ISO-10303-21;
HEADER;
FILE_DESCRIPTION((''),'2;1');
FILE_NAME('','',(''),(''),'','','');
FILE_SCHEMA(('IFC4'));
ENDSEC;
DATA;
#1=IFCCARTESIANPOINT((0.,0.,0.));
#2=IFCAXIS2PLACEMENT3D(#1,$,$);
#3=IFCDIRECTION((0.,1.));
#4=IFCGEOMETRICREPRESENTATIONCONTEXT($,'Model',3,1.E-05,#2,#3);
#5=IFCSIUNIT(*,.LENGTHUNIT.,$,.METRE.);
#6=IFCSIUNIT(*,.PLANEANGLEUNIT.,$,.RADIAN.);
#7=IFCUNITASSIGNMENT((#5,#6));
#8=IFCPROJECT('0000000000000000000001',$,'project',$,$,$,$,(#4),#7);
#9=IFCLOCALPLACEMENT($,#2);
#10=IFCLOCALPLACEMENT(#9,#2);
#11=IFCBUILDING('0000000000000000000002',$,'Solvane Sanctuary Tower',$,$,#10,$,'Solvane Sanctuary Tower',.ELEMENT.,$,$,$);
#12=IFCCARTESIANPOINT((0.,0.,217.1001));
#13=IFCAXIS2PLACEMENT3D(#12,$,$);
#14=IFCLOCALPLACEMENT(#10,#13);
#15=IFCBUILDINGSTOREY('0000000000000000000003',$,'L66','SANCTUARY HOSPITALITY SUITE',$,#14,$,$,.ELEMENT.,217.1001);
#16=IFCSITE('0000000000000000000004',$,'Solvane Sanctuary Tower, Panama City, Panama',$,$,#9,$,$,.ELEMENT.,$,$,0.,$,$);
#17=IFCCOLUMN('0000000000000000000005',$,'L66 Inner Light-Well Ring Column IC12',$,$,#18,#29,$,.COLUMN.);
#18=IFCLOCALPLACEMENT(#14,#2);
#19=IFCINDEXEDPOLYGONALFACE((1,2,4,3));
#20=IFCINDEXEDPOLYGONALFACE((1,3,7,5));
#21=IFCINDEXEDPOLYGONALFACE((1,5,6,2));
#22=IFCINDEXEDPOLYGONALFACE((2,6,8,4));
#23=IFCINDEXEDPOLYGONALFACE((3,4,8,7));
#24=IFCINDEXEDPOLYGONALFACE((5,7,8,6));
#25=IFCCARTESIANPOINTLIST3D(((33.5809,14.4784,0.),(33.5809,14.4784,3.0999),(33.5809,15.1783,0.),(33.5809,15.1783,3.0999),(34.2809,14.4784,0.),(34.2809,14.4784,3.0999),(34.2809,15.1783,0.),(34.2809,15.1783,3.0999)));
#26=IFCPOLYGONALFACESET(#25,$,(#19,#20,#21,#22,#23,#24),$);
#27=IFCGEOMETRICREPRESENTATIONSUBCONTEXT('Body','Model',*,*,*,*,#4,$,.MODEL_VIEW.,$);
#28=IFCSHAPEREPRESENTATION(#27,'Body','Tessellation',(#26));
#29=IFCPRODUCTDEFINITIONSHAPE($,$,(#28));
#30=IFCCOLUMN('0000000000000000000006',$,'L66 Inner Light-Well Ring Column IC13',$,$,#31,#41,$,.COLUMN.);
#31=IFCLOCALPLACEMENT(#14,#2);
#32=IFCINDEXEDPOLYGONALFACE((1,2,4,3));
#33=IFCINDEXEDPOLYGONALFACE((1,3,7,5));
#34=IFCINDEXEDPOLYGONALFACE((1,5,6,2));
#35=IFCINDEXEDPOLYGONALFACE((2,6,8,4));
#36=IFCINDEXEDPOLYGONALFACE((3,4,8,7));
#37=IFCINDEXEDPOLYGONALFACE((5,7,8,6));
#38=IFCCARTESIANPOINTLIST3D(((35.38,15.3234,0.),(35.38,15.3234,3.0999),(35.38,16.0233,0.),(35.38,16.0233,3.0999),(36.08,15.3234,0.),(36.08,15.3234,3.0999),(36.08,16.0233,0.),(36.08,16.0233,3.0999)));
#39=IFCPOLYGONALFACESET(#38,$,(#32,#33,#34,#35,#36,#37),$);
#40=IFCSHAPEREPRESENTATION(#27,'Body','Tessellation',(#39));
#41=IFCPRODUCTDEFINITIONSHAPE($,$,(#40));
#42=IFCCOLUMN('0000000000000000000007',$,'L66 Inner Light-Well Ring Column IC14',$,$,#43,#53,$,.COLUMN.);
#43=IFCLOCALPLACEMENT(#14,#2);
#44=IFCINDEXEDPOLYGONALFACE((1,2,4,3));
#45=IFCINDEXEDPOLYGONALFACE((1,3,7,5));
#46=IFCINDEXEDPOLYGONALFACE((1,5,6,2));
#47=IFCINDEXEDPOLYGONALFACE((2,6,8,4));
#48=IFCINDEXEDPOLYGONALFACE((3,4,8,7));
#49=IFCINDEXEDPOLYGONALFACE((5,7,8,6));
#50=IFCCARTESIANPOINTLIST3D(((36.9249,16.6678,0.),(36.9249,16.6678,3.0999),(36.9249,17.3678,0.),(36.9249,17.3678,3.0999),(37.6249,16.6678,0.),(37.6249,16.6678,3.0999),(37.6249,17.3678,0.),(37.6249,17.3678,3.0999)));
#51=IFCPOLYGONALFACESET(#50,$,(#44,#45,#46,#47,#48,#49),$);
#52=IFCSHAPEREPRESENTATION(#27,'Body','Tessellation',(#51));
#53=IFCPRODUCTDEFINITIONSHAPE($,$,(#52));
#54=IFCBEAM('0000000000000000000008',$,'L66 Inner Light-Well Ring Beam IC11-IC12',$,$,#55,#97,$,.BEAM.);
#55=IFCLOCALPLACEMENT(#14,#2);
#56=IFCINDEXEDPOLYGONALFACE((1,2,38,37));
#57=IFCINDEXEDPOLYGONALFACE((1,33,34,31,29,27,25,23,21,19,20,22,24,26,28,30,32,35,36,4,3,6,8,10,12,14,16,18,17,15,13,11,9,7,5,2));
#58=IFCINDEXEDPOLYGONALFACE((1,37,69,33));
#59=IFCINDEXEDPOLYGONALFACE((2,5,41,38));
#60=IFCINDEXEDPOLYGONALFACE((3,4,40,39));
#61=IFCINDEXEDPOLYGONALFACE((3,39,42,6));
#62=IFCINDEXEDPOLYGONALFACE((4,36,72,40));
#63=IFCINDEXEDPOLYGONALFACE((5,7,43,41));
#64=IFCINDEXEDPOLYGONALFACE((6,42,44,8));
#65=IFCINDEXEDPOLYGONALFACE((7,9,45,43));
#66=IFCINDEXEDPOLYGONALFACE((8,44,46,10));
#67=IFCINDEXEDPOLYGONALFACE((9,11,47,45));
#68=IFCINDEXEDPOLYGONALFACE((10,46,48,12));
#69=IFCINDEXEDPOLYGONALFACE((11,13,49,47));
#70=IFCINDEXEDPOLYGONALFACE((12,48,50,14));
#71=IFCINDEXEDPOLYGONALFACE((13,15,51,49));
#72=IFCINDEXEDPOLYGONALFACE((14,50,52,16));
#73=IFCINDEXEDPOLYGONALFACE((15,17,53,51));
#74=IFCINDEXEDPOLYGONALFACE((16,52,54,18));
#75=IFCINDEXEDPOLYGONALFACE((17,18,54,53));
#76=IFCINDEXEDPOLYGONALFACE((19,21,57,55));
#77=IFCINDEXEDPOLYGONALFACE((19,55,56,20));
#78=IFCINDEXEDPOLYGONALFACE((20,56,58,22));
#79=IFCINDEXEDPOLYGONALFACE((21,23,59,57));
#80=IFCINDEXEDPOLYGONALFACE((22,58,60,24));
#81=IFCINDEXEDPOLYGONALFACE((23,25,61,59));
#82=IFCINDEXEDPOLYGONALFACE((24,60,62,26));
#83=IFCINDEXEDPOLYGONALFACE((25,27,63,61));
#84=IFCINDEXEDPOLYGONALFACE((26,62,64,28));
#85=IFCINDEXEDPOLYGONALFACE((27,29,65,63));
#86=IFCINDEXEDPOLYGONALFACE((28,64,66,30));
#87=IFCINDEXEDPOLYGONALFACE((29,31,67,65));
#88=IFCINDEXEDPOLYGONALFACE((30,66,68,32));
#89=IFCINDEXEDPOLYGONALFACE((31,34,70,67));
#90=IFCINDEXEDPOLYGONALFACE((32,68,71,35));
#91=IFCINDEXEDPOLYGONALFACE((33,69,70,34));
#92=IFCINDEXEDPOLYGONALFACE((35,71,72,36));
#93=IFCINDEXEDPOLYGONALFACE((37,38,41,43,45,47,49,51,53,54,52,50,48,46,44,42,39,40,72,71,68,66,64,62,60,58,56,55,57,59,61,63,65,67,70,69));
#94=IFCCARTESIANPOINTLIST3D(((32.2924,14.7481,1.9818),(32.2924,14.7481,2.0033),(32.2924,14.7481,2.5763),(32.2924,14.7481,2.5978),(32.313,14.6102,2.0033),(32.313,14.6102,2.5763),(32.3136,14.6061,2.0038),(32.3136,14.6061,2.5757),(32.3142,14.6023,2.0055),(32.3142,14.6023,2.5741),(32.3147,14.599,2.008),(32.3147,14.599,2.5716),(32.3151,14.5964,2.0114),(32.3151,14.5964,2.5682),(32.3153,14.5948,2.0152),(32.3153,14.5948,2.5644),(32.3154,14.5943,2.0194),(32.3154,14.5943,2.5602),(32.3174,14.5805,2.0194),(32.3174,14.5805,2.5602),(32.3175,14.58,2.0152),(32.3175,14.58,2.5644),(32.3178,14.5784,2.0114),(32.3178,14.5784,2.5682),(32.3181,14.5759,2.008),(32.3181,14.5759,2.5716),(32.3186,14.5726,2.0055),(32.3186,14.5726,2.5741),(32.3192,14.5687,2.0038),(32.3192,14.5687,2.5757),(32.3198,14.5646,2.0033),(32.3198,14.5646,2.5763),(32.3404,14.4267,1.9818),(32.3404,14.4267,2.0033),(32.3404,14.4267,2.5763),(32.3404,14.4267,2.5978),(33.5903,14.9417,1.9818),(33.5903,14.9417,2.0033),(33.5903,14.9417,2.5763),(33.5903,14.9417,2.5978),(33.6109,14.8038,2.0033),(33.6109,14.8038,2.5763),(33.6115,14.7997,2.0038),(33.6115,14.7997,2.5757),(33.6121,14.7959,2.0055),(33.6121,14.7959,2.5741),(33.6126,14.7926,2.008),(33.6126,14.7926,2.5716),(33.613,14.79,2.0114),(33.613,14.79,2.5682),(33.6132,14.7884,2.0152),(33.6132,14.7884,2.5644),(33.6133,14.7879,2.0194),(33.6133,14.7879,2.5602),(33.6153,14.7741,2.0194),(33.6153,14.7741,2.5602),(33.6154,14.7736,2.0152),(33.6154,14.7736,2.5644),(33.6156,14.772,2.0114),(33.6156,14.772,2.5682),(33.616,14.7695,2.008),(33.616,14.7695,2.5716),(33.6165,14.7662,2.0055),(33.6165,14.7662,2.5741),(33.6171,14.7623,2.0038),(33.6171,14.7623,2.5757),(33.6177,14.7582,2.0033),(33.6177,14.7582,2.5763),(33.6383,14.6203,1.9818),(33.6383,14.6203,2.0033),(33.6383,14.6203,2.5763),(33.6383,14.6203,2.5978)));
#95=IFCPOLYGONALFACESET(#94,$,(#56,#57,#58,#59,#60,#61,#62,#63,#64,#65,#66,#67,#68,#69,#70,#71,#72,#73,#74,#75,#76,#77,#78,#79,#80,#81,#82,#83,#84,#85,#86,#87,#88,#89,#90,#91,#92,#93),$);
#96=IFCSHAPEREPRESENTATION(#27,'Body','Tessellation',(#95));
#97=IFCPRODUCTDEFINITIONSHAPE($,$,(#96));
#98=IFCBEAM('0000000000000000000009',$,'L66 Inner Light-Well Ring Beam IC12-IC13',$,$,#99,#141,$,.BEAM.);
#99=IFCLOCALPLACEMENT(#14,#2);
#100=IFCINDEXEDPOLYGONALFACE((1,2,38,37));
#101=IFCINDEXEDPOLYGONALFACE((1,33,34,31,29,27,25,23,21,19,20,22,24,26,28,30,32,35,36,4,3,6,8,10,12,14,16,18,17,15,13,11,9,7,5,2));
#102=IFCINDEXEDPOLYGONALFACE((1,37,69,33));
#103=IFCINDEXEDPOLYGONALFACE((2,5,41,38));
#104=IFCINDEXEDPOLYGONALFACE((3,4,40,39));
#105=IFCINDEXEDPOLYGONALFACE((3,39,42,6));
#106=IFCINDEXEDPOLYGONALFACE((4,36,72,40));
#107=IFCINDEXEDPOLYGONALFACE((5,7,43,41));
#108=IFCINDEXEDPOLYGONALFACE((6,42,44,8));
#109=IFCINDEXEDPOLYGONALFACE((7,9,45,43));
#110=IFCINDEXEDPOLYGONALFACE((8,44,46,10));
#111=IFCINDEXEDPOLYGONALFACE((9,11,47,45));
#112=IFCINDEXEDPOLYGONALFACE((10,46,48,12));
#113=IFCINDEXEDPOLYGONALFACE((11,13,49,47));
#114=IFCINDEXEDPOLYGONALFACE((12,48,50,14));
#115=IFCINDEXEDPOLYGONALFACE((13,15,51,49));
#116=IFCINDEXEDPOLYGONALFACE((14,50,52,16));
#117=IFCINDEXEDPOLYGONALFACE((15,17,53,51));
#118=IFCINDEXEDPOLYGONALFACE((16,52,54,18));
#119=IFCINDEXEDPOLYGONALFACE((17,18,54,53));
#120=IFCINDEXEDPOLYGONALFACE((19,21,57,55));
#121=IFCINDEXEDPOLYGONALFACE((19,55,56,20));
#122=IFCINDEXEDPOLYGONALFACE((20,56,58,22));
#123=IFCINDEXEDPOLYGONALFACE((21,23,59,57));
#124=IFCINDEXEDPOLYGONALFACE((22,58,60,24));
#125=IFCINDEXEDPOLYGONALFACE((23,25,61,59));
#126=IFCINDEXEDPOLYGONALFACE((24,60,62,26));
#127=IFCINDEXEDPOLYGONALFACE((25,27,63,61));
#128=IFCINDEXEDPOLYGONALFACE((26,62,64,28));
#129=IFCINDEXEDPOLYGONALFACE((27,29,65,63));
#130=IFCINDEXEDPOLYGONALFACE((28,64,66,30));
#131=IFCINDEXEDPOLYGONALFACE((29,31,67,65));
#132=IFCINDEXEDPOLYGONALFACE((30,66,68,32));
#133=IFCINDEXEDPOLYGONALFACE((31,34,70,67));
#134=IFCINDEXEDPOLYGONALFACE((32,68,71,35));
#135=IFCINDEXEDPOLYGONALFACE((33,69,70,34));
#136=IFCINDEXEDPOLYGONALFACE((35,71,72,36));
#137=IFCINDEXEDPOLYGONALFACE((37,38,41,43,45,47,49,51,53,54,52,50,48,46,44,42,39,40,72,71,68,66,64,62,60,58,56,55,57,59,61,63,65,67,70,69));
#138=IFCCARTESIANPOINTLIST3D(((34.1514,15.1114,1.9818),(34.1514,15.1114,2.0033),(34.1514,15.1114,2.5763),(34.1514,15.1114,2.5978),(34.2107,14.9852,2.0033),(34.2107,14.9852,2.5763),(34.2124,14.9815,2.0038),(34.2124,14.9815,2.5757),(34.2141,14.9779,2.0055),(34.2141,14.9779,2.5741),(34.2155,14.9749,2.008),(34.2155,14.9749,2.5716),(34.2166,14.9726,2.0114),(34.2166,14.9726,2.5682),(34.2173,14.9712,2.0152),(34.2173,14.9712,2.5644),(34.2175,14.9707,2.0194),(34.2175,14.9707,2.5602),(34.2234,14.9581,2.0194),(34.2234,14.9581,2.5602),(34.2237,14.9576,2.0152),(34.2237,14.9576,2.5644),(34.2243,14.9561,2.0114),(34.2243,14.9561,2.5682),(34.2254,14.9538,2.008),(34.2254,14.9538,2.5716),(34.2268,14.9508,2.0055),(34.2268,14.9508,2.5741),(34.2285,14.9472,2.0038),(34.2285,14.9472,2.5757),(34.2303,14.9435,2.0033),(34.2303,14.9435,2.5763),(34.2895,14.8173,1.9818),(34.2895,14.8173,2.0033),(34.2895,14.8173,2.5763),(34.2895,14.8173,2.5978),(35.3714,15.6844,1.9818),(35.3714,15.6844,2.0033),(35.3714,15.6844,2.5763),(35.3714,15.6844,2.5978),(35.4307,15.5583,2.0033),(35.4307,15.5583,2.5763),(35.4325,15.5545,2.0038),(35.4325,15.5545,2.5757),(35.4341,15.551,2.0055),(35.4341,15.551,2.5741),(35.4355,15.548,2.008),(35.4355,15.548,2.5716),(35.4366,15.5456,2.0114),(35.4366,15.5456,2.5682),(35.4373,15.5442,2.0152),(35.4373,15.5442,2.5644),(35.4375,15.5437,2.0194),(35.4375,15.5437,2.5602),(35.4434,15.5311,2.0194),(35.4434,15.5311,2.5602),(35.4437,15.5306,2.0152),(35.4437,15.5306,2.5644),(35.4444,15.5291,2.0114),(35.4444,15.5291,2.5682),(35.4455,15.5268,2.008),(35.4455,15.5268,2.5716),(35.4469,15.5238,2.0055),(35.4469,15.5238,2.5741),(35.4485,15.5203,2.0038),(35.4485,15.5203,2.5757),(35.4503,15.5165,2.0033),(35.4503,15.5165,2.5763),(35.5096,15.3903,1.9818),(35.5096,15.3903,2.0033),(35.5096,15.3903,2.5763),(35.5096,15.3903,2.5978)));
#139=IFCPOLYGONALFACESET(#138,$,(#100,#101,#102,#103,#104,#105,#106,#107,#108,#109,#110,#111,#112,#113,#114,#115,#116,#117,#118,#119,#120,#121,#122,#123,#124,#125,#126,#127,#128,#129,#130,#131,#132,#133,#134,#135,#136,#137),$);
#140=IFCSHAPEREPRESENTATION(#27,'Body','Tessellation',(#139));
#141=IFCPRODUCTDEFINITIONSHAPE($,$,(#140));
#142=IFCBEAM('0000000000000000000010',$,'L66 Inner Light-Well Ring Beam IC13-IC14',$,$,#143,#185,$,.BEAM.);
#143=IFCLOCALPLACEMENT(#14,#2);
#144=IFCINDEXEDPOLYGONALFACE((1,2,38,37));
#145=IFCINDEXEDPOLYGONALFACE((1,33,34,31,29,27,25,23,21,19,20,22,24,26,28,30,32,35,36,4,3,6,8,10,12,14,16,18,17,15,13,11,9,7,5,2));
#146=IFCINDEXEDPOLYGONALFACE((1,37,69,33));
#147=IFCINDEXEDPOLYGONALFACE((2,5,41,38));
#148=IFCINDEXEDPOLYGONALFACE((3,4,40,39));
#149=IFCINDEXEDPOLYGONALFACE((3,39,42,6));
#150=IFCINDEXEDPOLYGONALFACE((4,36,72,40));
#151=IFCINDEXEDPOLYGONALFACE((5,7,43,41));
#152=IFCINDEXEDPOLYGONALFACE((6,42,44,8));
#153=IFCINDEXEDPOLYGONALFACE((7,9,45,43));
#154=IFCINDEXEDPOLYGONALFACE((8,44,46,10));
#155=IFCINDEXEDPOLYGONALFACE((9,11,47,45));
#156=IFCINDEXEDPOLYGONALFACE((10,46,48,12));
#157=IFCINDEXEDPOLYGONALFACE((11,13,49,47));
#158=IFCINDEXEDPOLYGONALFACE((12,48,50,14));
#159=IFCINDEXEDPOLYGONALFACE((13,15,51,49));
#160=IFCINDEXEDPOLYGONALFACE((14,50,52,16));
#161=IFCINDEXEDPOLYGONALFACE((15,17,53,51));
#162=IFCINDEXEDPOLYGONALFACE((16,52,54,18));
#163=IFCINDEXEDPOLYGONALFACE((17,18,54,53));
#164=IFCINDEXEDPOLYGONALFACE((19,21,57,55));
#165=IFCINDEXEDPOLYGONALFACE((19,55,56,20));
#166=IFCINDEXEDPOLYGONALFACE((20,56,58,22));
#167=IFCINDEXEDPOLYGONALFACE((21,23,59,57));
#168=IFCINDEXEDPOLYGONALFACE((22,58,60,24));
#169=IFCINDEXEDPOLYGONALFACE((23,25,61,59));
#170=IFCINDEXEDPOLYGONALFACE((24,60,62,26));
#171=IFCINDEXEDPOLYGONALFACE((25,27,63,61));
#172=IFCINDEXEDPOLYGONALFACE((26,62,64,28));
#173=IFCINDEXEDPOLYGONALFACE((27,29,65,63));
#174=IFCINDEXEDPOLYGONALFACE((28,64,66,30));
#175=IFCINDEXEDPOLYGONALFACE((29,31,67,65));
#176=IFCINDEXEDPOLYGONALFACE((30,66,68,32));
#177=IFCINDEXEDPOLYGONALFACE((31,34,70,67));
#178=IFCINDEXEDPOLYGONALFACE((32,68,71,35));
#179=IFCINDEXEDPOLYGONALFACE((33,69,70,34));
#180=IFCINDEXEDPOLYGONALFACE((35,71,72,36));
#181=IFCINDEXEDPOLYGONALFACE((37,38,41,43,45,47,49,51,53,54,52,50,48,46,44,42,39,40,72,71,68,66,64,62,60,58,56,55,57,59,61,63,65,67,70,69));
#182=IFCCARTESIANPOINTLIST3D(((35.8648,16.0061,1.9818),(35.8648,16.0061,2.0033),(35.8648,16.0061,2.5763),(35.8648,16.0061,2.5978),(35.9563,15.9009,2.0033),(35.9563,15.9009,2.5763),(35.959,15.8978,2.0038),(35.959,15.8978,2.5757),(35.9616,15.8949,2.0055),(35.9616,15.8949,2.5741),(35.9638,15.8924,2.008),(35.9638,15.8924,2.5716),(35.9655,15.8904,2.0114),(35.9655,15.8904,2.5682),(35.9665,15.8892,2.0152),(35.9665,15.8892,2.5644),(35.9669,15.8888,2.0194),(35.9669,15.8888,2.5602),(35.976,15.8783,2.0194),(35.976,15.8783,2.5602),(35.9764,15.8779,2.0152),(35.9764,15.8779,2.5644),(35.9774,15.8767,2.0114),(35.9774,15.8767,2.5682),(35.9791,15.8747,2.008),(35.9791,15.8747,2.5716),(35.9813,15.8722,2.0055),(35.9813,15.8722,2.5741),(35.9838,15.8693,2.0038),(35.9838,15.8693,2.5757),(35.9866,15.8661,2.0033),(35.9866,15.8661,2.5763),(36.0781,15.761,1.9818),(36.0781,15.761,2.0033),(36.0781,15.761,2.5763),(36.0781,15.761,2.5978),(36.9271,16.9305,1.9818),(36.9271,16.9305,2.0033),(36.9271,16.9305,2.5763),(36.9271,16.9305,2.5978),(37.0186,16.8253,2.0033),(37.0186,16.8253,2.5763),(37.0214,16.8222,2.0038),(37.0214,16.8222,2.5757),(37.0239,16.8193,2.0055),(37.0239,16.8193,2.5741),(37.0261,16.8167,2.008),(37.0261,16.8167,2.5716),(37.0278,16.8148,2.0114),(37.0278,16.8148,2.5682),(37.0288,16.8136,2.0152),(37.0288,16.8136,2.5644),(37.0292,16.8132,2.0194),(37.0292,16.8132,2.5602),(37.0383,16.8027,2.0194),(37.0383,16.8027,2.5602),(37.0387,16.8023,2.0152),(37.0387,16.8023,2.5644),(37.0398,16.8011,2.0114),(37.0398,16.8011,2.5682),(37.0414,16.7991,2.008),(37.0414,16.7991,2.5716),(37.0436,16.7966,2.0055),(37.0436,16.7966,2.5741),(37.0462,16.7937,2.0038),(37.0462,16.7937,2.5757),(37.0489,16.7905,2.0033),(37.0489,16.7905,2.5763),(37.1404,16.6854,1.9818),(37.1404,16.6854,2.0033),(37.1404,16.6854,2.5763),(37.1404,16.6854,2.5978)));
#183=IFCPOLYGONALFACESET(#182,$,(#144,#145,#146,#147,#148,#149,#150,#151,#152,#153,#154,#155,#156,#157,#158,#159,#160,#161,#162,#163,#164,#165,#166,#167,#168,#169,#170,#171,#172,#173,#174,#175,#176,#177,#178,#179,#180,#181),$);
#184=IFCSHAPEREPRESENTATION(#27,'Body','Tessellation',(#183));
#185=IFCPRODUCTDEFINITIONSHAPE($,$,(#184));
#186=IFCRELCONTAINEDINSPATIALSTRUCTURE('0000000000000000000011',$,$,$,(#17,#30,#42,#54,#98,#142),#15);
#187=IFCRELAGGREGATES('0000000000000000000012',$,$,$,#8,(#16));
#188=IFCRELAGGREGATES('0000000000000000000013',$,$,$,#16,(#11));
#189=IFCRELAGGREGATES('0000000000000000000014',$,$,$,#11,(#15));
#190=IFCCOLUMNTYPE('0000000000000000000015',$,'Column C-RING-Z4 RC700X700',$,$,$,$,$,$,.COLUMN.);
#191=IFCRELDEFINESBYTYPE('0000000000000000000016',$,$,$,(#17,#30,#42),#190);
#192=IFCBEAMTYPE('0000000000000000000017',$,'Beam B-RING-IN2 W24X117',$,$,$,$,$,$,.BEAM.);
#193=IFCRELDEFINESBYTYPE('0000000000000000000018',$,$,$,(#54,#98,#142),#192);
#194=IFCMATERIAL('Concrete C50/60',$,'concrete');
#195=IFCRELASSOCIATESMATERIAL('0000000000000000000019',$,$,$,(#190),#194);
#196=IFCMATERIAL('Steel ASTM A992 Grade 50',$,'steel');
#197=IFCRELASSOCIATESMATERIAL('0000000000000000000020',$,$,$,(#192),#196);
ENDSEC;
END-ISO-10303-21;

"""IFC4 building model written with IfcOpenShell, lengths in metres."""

from ifc_helpers import new_model, si_unit, direction, frame, origin, origin_2d, place, context, subcontext, project, spatial, rectangle, i_section, extrude, material, material_profile, profile_set, type_object, element, save


model = new_model("IFC4")

# Units and contexts
model_context = context("Model", 3, precision=1e-05, world=origin(), true_north=direction((0.0, 1.0)))
body_context = subcontext(model_context, "Body", "Model", "MODEL_VIEW")
ifc_project = project(units=[si_unit("LENGTHUNIT", "METRE"), si_unit("PLANEANGLEUNIT", "RADIAN")], contexts=[model_context])

# Site, building, storey
site_placement = place(None, origin())
site = spatial("IfcSite", under=ifc_project, at=site_placement, Name="Solvane Sanctuary Tower, Panama City, Panama", CompositionType="ELEMENT", RefElevation=0.0)
building_placement = place(site_placement, origin())
building = spatial("IfcBuilding", under=site, at=building_placement, Name="Solvane Sanctuary Tower", LongName="Solvane Sanctuary Tower", CompositionType="ELEMENT")
storey_placement = place(building_placement, frame((0.0, 0.0, 217.1001)))
storey = spatial("IfcBuildingStorey", under=building, at=storey_placement, Name="L66", Description="SANCTUARY HOSPITALITY SUITE", CompositionType="ELEMENT", Elevation=217.1001)

# Columns
ifc_material_1 = material(Name="Concrete C50/60", Category="concrete")
ifc_material_profile_1 = material_profile(ifc_material_1, rectangle(XDim=0.7, YDim=0.7, at=origin_2d()), Name="RC700X700")
ifc_profile_set_1 = profile_set([ifc_material_profile_1], Name="Concrete C50/60")
column_type = type_object("IfcColumnType", Name="Column C-RING-Z4 RC700X700", PredefinedType="COLUMN", material=ifc_profile_set_1)
for number, where, z_axis, x_axis, name in (
    (1, (33.9309, 14.8284, 0.0), (0.0, 0.0, 1.0), (1.0, 0.0, 0.0), "L66 Inner Light-Well Ring Column IC12"),
    (2, (35.73, 15.6733, 0.0), (0.0, 0.0, 1.0), (1.0, 0.0, 0.0), "L66 Inner Light-Well Ring Column IC13"),
    (3, (37.2749, 17.0178, 0.0), (0.0, 0.0, 1.0), (1.0, 0.0, 0.0), "L66 Inner Light-Well Ring Column IC14"),
):
    element("IfcColumn", number, at=place(storey_placement, frame(where, z_axis=z_axis, x_axis=x_axis)), inside=storey, type_object=column_type, Name=name, PredefinedType="COLUMN", context=body_context, shape_type="SweptSolid", body=[
        extrude(rectangle(XDim=0.7, YDim=0.7, at=origin_2d()), origin(), (0.0, 0.0, 1.0), 3.0999),
    ])

# Beams
ifc_material_2 = material(Name="Steel ASTM A992 Grade 50", Category="steel")
ifc_material_profile_2 = material_profile(ifc_material_2, i_section(OverallWidth=0.325, OverallDepth=0.616, WebThickness=0.0139, FlangeThickness=0.0215, FilletRadius=0.0161, at=origin_2d()), Name="W24X117")
ifc_profile_set_2 = profile_set([ifc_material_profile_2], Name="Steel ASTM A992 Grade 50")
beam_type_1 = type_object("IfcBeamType", Name="Beam B-RING-IN2 W24X117", PredefinedType="BEAM", material=ifc_profile_set_2)
beam_1_placement = place(storey_placement, frame((32.3164, 14.5874, 2.2898), z_axis=(0.989056, 0.14754, 0.0), x_axis=(-0.14754, 0.989056, 0.0)))
element("IfcBeam", 4, at=beam_1_placement, inside=storey, type_object=beam_type_1, Name="L66 Inner Light-Well Ring Beam IC11-IC12", PredefinedType="BEAM", context=body_context, shape_type="SweptSolid", body=[
    extrude(i_section(OverallWidth=0.325, OverallDepth=0.616, WebThickness=0.0139, FlangeThickness=0.0215, FilletRadius=0.0161, at=origin_2d()), origin(), (0.0, 0.0, 1.0), 1.3123),
])
beam_2_placement = place(storey_placement, frame((34.2205, 14.9644, 2.2898), z_axis=(0.905135, 0.425125, 0.0), x_axis=(-0.425125, 0.905135, 0.0)))
element("IfcBeam", 5, at=beam_2_placement, inside=storey, type_object=beam_type_1, Name="L66 Inner Light-Well Ring Beam IC12-IC13", PredefinedType="BEAM", context=body_context, shape_type="SweptSolid", body=[
    extrude(i_section(OverallWidth=0.325, OverallDepth=0.616, WebThickness=0.0139, FlangeThickness=0.0215, FilletRadius=0.0161, at=origin_2d()), origin(), (0.0, 0.0, 1.0), 1.3479),
])
beam_3_placement = place(storey_placement, frame((35.9714, 15.8835, 2.2898), z_axis=(0.754389, 0.656428, 0.0), x_axis=(-0.656428, 0.754389, 0.0)))
element("IfcBeam", 6, at=beam_3_placement, inside=storey, type_object=beam_type_1, Name="L66 Inner Light-Well Ring Beam IC13-IC14", PredefinedType="BEAM", context=body_context, shape_type="SweptSolid", body=[
    extrude(i_section(OverallWidth=0.325, OverallDepth=0.616, WebThickness=0.0139, FlangeThickness=0.0215, FilletRadius=0.0161, at=origin_2d()), origin(), (0.0, 0.0, 1.0), 1.4082),
])

save(model, "model.ifc")
